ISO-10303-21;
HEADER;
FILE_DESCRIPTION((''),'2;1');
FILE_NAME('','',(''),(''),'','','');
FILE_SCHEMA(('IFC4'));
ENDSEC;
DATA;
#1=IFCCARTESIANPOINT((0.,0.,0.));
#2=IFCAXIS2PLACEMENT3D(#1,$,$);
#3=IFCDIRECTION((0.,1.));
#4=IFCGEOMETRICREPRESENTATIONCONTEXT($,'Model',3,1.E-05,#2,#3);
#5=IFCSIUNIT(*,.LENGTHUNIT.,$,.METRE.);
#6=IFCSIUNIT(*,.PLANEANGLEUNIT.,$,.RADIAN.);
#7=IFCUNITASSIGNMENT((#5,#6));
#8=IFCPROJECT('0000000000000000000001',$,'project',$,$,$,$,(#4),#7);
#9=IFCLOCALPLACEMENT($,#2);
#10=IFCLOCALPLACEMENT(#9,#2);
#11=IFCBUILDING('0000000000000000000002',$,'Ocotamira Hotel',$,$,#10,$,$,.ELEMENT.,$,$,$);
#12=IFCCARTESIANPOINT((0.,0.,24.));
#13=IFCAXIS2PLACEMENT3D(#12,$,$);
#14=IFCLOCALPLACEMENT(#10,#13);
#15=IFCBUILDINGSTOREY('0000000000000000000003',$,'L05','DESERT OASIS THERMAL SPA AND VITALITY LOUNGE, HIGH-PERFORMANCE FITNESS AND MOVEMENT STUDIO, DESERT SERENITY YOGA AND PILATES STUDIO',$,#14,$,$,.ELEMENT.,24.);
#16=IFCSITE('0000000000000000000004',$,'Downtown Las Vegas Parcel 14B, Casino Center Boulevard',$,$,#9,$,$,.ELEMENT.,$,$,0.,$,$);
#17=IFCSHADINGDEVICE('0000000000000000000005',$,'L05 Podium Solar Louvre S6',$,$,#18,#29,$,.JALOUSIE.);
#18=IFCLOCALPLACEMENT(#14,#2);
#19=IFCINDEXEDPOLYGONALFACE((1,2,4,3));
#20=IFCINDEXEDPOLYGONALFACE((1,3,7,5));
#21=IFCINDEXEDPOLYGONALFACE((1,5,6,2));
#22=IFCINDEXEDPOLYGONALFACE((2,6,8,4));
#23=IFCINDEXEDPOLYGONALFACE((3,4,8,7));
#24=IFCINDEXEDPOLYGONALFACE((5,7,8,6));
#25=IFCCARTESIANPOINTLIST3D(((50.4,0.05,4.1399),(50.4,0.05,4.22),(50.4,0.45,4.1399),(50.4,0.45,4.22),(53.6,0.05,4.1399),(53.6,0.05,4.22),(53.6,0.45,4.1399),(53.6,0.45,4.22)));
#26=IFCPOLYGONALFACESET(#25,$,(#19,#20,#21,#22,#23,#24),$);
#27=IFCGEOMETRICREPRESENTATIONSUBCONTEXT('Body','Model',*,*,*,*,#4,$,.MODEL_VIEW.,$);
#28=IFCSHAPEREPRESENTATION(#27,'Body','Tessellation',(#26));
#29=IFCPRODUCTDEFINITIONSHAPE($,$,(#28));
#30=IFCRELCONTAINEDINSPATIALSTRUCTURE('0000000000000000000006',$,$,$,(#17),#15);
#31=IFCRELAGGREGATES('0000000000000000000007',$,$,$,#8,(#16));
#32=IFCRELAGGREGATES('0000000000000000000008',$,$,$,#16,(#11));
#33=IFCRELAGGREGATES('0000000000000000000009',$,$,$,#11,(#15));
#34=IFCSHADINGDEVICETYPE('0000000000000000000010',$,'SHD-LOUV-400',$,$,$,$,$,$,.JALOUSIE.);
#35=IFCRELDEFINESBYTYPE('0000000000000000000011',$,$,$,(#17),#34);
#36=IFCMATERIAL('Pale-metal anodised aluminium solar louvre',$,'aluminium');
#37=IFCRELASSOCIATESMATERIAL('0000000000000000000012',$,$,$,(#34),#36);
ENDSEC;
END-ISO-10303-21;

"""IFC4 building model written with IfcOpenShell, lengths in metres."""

from ifc_helpers import new_model, si_unit, direction, frame, origin, origin_2d, place, context, subcontext, project, spatial, rectangle, extrude, source, transform, mapped, material, type_object, element, save


model = new_model("IFC4")

# Units and contexts
model_context = context("Model", 3, precision=1e-05, world=origin(), true_north=direction((0.0, 1.0)))
body_context = subcontext(model_context, "Body", "Model", "MODEL_VIEW")
ifc_project = project(units=[si_unit("LENGTHUNIT", "METRE"), si_unit("PLANEANGLEUNIT", "RADIAN")], contexts=[model_context])

# Site, building, storey
site_placement = place(None, origin())
site = spatial("IfcSite", under=ifc_project, at=site_placement, Name="Downtown Las Vegas Parcel 14B, Casino Center Boulevard", CompositionType="ELEMENT", RefElevation=0.0)
building_placement = place(site_placement, origin())
building = spatial("IfcBuilding", under=site, at=building_placement, Name="Ocotamira Hotel", CompositionType="ELEMENT")
storey_placement = place(building_placement, frame((0.0, 0.0, 24.0)))
storey = spatial("IfcBuildingStorey", under=building, at=storey_placement, Name="L05", Description="DESERT OASIS THERMAL SPA AND VITALITY LOUNGE, HIGH-PERFORMANCE FITNESS AND MOVEMENT STUDIO, DESERT SERENITY YOGA AND PILATES STUDIO", CompositionType="ELEMENT", Elevation=24.0)

# Shading device
ifc_material_1 = material(Name="Pale-metal anodised aluminium solar louvre", Category="aluminium")
shading_device_type = type_object("IfcShadingDeviceType", Name="SHD-LOUV-400", PredefinedType="JALOUSIE", material=ifc_material_1)
shared_shape_1 = source(origin(), body_context, "Body", "SweptSolid", [
    extrude(rectangle(XDim=3.2, YDim=0.3999, at=origin_2d()), origin(), (0.0, 0.0, 1.0), 0.0801),
])
for number, where, z_axis, x_axis, name in (
    (1, (52.0, 0.25, 4.1399), (0.0, 0.0, 1.0), (1.0, 0.0, 0.0), "L05 Podium Solar Louvre S6"),
):
    element("IfcShadingDevice", number, at=place(storey_placement, frame(where, z_axis=z_axis, x_axis=x_axis)), inside=storey, type_object=shading_device_type, Name=name, PredefinedType="JALOUSIE", context=body_context, shape_type="MappedRepresentation", body=[
        mapped(shared_shape_1, transform((0.0, 0.0, 0.0), scale=1.0)),
    ])

save(model, "model.ifc")
